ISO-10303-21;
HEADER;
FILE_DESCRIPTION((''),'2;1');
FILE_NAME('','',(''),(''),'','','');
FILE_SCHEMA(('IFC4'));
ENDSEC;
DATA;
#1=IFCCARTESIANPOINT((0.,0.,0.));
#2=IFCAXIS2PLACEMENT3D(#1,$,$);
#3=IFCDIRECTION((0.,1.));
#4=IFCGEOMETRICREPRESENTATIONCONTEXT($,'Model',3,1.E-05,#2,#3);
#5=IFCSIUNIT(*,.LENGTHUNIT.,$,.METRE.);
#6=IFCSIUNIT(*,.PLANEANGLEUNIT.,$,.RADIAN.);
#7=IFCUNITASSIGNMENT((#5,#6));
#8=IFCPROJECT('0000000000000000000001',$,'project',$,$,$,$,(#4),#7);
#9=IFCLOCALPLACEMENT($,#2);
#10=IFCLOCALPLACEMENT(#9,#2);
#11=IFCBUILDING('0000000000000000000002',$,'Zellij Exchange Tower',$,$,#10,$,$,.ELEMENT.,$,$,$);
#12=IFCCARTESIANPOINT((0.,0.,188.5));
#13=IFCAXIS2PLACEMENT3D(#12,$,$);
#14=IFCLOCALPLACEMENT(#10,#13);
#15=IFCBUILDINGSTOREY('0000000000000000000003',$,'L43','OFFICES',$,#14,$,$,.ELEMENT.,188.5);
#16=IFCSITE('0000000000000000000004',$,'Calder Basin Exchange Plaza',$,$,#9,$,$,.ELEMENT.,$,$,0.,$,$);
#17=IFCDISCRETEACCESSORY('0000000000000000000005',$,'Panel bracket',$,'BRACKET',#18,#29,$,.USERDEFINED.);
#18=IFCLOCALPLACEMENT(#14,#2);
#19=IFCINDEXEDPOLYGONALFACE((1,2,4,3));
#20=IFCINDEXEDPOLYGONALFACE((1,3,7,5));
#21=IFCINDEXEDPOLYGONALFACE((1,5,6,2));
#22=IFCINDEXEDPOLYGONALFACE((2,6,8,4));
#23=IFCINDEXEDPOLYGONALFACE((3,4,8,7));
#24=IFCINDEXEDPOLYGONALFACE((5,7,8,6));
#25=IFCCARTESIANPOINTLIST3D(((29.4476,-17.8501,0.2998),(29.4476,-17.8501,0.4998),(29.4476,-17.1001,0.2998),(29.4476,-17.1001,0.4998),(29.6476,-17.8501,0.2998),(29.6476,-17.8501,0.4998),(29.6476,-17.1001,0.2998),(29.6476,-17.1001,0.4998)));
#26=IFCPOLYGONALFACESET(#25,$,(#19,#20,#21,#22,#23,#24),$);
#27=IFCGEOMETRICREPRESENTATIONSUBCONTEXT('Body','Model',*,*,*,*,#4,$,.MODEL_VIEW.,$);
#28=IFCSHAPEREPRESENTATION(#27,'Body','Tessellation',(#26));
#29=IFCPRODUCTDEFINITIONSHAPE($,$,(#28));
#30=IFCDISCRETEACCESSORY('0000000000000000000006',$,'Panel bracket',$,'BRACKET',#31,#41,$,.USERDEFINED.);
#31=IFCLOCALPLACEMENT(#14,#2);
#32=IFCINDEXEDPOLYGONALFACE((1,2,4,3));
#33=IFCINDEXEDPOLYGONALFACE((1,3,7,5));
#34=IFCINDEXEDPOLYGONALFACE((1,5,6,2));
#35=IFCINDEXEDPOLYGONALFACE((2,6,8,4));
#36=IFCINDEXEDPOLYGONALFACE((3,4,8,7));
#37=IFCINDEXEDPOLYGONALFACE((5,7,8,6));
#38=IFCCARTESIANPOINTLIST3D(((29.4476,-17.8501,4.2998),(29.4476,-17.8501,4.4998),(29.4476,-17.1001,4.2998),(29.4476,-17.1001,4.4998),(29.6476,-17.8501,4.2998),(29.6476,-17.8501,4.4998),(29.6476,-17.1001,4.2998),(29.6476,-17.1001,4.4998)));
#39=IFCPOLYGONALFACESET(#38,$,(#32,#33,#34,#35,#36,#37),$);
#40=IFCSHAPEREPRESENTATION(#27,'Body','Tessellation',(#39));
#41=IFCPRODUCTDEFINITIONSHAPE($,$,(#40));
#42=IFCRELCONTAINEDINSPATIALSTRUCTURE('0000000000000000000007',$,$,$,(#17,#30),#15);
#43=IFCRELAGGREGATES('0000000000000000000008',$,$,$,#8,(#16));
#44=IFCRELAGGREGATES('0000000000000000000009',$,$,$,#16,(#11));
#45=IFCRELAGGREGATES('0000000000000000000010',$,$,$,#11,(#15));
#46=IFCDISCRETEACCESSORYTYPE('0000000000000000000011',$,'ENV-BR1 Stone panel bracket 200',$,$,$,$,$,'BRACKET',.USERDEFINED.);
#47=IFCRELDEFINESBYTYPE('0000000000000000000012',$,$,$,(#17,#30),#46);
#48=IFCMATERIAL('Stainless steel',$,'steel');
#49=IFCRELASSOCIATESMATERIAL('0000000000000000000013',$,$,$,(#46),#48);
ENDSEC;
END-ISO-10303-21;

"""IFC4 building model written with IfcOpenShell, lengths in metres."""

from ifc_helpers import new_model, si_unit, direction, frame, origin, origin_2d, place, context, subcontext, project, spatial, rectangle, extrude, material, type_object, element, save


model = new_model("IFC4")

# Units and contexts
model_context = context("Model", 3, precision=1e-05, world=origin(), true_north=direction((0.0, 1.0)))
body_context = subcontext(model_context, "Body", "Model", "MODEL_VIEW")
ifc_project = project(units=[si_unit("LENGTHUNIT", "METRE"), si_unit("PLANEANGLEUNIT", "RADIAN")], contexts=[model_context])

# Site, building, storey
site_placement = place(None, origin())
site = spatial("IfcSite", under=ifc_project, at=site_placement, Name="Calder Basin Exchange Plaza", CompositionType="ELEMENT", RefElevation=0.0)
building_placement = place(site_placement, origin())
building = spatial("IfcBuilding", under=site, at=building_placement, Name="Zellij Exchange Tower", CompositionType="ELEMENT")
storey_placement = place(building_placement, frame((0.0, 0.0, 188.5)))
storey = spatial("IfcBuildingStorey", under=building, at=storey_placement, Name="L43", Description="OFFICES", CompositionType="ELEMENT", Elevation=188.5)

# Discrete accessories
ifc_material_1 = material(Name="Stainless steel", Category="steel")
discrete_accessory_type = type_object("IfcDiscreteAccessoryType", Name="ENV-BR1 Stone panel bracket 200", ElementType="BRACKET", PredefinedType="USERDEFINED", material=ifc_material_1)
for number, where, z_axis, x_axis, name in (
    (1, (29.5476, -17.4751, 0.2998), (0.0, 0.0, 1.0), (1.0, 0.0, 0.0), "Panel bracket"),
    (2, (29.5476, -17.4751, 4.2998), (0.0, 0.0, 1.0), (1.0, 0.0, 0.0), "Panel bracket"),
):
    element("IfcDiscreteAccessory", number, at=place(storey_placement, frame(where, z_axis=z_axis, x_axis=x_axis)), inside=storey, type_object=discrete_accessory_type, Name=name, ObjectType="BRACKET", PredefinedType="USERDEFINED", context=body_context, shape_type="SweptSolid", body=[
        extrude(rectangle(XDim=0.2, YDim=0.75, at=origin_2d()), origin(), (0.0, 0.0, 1.0), 0.2),
    ])

save(model, "model.ifc")
